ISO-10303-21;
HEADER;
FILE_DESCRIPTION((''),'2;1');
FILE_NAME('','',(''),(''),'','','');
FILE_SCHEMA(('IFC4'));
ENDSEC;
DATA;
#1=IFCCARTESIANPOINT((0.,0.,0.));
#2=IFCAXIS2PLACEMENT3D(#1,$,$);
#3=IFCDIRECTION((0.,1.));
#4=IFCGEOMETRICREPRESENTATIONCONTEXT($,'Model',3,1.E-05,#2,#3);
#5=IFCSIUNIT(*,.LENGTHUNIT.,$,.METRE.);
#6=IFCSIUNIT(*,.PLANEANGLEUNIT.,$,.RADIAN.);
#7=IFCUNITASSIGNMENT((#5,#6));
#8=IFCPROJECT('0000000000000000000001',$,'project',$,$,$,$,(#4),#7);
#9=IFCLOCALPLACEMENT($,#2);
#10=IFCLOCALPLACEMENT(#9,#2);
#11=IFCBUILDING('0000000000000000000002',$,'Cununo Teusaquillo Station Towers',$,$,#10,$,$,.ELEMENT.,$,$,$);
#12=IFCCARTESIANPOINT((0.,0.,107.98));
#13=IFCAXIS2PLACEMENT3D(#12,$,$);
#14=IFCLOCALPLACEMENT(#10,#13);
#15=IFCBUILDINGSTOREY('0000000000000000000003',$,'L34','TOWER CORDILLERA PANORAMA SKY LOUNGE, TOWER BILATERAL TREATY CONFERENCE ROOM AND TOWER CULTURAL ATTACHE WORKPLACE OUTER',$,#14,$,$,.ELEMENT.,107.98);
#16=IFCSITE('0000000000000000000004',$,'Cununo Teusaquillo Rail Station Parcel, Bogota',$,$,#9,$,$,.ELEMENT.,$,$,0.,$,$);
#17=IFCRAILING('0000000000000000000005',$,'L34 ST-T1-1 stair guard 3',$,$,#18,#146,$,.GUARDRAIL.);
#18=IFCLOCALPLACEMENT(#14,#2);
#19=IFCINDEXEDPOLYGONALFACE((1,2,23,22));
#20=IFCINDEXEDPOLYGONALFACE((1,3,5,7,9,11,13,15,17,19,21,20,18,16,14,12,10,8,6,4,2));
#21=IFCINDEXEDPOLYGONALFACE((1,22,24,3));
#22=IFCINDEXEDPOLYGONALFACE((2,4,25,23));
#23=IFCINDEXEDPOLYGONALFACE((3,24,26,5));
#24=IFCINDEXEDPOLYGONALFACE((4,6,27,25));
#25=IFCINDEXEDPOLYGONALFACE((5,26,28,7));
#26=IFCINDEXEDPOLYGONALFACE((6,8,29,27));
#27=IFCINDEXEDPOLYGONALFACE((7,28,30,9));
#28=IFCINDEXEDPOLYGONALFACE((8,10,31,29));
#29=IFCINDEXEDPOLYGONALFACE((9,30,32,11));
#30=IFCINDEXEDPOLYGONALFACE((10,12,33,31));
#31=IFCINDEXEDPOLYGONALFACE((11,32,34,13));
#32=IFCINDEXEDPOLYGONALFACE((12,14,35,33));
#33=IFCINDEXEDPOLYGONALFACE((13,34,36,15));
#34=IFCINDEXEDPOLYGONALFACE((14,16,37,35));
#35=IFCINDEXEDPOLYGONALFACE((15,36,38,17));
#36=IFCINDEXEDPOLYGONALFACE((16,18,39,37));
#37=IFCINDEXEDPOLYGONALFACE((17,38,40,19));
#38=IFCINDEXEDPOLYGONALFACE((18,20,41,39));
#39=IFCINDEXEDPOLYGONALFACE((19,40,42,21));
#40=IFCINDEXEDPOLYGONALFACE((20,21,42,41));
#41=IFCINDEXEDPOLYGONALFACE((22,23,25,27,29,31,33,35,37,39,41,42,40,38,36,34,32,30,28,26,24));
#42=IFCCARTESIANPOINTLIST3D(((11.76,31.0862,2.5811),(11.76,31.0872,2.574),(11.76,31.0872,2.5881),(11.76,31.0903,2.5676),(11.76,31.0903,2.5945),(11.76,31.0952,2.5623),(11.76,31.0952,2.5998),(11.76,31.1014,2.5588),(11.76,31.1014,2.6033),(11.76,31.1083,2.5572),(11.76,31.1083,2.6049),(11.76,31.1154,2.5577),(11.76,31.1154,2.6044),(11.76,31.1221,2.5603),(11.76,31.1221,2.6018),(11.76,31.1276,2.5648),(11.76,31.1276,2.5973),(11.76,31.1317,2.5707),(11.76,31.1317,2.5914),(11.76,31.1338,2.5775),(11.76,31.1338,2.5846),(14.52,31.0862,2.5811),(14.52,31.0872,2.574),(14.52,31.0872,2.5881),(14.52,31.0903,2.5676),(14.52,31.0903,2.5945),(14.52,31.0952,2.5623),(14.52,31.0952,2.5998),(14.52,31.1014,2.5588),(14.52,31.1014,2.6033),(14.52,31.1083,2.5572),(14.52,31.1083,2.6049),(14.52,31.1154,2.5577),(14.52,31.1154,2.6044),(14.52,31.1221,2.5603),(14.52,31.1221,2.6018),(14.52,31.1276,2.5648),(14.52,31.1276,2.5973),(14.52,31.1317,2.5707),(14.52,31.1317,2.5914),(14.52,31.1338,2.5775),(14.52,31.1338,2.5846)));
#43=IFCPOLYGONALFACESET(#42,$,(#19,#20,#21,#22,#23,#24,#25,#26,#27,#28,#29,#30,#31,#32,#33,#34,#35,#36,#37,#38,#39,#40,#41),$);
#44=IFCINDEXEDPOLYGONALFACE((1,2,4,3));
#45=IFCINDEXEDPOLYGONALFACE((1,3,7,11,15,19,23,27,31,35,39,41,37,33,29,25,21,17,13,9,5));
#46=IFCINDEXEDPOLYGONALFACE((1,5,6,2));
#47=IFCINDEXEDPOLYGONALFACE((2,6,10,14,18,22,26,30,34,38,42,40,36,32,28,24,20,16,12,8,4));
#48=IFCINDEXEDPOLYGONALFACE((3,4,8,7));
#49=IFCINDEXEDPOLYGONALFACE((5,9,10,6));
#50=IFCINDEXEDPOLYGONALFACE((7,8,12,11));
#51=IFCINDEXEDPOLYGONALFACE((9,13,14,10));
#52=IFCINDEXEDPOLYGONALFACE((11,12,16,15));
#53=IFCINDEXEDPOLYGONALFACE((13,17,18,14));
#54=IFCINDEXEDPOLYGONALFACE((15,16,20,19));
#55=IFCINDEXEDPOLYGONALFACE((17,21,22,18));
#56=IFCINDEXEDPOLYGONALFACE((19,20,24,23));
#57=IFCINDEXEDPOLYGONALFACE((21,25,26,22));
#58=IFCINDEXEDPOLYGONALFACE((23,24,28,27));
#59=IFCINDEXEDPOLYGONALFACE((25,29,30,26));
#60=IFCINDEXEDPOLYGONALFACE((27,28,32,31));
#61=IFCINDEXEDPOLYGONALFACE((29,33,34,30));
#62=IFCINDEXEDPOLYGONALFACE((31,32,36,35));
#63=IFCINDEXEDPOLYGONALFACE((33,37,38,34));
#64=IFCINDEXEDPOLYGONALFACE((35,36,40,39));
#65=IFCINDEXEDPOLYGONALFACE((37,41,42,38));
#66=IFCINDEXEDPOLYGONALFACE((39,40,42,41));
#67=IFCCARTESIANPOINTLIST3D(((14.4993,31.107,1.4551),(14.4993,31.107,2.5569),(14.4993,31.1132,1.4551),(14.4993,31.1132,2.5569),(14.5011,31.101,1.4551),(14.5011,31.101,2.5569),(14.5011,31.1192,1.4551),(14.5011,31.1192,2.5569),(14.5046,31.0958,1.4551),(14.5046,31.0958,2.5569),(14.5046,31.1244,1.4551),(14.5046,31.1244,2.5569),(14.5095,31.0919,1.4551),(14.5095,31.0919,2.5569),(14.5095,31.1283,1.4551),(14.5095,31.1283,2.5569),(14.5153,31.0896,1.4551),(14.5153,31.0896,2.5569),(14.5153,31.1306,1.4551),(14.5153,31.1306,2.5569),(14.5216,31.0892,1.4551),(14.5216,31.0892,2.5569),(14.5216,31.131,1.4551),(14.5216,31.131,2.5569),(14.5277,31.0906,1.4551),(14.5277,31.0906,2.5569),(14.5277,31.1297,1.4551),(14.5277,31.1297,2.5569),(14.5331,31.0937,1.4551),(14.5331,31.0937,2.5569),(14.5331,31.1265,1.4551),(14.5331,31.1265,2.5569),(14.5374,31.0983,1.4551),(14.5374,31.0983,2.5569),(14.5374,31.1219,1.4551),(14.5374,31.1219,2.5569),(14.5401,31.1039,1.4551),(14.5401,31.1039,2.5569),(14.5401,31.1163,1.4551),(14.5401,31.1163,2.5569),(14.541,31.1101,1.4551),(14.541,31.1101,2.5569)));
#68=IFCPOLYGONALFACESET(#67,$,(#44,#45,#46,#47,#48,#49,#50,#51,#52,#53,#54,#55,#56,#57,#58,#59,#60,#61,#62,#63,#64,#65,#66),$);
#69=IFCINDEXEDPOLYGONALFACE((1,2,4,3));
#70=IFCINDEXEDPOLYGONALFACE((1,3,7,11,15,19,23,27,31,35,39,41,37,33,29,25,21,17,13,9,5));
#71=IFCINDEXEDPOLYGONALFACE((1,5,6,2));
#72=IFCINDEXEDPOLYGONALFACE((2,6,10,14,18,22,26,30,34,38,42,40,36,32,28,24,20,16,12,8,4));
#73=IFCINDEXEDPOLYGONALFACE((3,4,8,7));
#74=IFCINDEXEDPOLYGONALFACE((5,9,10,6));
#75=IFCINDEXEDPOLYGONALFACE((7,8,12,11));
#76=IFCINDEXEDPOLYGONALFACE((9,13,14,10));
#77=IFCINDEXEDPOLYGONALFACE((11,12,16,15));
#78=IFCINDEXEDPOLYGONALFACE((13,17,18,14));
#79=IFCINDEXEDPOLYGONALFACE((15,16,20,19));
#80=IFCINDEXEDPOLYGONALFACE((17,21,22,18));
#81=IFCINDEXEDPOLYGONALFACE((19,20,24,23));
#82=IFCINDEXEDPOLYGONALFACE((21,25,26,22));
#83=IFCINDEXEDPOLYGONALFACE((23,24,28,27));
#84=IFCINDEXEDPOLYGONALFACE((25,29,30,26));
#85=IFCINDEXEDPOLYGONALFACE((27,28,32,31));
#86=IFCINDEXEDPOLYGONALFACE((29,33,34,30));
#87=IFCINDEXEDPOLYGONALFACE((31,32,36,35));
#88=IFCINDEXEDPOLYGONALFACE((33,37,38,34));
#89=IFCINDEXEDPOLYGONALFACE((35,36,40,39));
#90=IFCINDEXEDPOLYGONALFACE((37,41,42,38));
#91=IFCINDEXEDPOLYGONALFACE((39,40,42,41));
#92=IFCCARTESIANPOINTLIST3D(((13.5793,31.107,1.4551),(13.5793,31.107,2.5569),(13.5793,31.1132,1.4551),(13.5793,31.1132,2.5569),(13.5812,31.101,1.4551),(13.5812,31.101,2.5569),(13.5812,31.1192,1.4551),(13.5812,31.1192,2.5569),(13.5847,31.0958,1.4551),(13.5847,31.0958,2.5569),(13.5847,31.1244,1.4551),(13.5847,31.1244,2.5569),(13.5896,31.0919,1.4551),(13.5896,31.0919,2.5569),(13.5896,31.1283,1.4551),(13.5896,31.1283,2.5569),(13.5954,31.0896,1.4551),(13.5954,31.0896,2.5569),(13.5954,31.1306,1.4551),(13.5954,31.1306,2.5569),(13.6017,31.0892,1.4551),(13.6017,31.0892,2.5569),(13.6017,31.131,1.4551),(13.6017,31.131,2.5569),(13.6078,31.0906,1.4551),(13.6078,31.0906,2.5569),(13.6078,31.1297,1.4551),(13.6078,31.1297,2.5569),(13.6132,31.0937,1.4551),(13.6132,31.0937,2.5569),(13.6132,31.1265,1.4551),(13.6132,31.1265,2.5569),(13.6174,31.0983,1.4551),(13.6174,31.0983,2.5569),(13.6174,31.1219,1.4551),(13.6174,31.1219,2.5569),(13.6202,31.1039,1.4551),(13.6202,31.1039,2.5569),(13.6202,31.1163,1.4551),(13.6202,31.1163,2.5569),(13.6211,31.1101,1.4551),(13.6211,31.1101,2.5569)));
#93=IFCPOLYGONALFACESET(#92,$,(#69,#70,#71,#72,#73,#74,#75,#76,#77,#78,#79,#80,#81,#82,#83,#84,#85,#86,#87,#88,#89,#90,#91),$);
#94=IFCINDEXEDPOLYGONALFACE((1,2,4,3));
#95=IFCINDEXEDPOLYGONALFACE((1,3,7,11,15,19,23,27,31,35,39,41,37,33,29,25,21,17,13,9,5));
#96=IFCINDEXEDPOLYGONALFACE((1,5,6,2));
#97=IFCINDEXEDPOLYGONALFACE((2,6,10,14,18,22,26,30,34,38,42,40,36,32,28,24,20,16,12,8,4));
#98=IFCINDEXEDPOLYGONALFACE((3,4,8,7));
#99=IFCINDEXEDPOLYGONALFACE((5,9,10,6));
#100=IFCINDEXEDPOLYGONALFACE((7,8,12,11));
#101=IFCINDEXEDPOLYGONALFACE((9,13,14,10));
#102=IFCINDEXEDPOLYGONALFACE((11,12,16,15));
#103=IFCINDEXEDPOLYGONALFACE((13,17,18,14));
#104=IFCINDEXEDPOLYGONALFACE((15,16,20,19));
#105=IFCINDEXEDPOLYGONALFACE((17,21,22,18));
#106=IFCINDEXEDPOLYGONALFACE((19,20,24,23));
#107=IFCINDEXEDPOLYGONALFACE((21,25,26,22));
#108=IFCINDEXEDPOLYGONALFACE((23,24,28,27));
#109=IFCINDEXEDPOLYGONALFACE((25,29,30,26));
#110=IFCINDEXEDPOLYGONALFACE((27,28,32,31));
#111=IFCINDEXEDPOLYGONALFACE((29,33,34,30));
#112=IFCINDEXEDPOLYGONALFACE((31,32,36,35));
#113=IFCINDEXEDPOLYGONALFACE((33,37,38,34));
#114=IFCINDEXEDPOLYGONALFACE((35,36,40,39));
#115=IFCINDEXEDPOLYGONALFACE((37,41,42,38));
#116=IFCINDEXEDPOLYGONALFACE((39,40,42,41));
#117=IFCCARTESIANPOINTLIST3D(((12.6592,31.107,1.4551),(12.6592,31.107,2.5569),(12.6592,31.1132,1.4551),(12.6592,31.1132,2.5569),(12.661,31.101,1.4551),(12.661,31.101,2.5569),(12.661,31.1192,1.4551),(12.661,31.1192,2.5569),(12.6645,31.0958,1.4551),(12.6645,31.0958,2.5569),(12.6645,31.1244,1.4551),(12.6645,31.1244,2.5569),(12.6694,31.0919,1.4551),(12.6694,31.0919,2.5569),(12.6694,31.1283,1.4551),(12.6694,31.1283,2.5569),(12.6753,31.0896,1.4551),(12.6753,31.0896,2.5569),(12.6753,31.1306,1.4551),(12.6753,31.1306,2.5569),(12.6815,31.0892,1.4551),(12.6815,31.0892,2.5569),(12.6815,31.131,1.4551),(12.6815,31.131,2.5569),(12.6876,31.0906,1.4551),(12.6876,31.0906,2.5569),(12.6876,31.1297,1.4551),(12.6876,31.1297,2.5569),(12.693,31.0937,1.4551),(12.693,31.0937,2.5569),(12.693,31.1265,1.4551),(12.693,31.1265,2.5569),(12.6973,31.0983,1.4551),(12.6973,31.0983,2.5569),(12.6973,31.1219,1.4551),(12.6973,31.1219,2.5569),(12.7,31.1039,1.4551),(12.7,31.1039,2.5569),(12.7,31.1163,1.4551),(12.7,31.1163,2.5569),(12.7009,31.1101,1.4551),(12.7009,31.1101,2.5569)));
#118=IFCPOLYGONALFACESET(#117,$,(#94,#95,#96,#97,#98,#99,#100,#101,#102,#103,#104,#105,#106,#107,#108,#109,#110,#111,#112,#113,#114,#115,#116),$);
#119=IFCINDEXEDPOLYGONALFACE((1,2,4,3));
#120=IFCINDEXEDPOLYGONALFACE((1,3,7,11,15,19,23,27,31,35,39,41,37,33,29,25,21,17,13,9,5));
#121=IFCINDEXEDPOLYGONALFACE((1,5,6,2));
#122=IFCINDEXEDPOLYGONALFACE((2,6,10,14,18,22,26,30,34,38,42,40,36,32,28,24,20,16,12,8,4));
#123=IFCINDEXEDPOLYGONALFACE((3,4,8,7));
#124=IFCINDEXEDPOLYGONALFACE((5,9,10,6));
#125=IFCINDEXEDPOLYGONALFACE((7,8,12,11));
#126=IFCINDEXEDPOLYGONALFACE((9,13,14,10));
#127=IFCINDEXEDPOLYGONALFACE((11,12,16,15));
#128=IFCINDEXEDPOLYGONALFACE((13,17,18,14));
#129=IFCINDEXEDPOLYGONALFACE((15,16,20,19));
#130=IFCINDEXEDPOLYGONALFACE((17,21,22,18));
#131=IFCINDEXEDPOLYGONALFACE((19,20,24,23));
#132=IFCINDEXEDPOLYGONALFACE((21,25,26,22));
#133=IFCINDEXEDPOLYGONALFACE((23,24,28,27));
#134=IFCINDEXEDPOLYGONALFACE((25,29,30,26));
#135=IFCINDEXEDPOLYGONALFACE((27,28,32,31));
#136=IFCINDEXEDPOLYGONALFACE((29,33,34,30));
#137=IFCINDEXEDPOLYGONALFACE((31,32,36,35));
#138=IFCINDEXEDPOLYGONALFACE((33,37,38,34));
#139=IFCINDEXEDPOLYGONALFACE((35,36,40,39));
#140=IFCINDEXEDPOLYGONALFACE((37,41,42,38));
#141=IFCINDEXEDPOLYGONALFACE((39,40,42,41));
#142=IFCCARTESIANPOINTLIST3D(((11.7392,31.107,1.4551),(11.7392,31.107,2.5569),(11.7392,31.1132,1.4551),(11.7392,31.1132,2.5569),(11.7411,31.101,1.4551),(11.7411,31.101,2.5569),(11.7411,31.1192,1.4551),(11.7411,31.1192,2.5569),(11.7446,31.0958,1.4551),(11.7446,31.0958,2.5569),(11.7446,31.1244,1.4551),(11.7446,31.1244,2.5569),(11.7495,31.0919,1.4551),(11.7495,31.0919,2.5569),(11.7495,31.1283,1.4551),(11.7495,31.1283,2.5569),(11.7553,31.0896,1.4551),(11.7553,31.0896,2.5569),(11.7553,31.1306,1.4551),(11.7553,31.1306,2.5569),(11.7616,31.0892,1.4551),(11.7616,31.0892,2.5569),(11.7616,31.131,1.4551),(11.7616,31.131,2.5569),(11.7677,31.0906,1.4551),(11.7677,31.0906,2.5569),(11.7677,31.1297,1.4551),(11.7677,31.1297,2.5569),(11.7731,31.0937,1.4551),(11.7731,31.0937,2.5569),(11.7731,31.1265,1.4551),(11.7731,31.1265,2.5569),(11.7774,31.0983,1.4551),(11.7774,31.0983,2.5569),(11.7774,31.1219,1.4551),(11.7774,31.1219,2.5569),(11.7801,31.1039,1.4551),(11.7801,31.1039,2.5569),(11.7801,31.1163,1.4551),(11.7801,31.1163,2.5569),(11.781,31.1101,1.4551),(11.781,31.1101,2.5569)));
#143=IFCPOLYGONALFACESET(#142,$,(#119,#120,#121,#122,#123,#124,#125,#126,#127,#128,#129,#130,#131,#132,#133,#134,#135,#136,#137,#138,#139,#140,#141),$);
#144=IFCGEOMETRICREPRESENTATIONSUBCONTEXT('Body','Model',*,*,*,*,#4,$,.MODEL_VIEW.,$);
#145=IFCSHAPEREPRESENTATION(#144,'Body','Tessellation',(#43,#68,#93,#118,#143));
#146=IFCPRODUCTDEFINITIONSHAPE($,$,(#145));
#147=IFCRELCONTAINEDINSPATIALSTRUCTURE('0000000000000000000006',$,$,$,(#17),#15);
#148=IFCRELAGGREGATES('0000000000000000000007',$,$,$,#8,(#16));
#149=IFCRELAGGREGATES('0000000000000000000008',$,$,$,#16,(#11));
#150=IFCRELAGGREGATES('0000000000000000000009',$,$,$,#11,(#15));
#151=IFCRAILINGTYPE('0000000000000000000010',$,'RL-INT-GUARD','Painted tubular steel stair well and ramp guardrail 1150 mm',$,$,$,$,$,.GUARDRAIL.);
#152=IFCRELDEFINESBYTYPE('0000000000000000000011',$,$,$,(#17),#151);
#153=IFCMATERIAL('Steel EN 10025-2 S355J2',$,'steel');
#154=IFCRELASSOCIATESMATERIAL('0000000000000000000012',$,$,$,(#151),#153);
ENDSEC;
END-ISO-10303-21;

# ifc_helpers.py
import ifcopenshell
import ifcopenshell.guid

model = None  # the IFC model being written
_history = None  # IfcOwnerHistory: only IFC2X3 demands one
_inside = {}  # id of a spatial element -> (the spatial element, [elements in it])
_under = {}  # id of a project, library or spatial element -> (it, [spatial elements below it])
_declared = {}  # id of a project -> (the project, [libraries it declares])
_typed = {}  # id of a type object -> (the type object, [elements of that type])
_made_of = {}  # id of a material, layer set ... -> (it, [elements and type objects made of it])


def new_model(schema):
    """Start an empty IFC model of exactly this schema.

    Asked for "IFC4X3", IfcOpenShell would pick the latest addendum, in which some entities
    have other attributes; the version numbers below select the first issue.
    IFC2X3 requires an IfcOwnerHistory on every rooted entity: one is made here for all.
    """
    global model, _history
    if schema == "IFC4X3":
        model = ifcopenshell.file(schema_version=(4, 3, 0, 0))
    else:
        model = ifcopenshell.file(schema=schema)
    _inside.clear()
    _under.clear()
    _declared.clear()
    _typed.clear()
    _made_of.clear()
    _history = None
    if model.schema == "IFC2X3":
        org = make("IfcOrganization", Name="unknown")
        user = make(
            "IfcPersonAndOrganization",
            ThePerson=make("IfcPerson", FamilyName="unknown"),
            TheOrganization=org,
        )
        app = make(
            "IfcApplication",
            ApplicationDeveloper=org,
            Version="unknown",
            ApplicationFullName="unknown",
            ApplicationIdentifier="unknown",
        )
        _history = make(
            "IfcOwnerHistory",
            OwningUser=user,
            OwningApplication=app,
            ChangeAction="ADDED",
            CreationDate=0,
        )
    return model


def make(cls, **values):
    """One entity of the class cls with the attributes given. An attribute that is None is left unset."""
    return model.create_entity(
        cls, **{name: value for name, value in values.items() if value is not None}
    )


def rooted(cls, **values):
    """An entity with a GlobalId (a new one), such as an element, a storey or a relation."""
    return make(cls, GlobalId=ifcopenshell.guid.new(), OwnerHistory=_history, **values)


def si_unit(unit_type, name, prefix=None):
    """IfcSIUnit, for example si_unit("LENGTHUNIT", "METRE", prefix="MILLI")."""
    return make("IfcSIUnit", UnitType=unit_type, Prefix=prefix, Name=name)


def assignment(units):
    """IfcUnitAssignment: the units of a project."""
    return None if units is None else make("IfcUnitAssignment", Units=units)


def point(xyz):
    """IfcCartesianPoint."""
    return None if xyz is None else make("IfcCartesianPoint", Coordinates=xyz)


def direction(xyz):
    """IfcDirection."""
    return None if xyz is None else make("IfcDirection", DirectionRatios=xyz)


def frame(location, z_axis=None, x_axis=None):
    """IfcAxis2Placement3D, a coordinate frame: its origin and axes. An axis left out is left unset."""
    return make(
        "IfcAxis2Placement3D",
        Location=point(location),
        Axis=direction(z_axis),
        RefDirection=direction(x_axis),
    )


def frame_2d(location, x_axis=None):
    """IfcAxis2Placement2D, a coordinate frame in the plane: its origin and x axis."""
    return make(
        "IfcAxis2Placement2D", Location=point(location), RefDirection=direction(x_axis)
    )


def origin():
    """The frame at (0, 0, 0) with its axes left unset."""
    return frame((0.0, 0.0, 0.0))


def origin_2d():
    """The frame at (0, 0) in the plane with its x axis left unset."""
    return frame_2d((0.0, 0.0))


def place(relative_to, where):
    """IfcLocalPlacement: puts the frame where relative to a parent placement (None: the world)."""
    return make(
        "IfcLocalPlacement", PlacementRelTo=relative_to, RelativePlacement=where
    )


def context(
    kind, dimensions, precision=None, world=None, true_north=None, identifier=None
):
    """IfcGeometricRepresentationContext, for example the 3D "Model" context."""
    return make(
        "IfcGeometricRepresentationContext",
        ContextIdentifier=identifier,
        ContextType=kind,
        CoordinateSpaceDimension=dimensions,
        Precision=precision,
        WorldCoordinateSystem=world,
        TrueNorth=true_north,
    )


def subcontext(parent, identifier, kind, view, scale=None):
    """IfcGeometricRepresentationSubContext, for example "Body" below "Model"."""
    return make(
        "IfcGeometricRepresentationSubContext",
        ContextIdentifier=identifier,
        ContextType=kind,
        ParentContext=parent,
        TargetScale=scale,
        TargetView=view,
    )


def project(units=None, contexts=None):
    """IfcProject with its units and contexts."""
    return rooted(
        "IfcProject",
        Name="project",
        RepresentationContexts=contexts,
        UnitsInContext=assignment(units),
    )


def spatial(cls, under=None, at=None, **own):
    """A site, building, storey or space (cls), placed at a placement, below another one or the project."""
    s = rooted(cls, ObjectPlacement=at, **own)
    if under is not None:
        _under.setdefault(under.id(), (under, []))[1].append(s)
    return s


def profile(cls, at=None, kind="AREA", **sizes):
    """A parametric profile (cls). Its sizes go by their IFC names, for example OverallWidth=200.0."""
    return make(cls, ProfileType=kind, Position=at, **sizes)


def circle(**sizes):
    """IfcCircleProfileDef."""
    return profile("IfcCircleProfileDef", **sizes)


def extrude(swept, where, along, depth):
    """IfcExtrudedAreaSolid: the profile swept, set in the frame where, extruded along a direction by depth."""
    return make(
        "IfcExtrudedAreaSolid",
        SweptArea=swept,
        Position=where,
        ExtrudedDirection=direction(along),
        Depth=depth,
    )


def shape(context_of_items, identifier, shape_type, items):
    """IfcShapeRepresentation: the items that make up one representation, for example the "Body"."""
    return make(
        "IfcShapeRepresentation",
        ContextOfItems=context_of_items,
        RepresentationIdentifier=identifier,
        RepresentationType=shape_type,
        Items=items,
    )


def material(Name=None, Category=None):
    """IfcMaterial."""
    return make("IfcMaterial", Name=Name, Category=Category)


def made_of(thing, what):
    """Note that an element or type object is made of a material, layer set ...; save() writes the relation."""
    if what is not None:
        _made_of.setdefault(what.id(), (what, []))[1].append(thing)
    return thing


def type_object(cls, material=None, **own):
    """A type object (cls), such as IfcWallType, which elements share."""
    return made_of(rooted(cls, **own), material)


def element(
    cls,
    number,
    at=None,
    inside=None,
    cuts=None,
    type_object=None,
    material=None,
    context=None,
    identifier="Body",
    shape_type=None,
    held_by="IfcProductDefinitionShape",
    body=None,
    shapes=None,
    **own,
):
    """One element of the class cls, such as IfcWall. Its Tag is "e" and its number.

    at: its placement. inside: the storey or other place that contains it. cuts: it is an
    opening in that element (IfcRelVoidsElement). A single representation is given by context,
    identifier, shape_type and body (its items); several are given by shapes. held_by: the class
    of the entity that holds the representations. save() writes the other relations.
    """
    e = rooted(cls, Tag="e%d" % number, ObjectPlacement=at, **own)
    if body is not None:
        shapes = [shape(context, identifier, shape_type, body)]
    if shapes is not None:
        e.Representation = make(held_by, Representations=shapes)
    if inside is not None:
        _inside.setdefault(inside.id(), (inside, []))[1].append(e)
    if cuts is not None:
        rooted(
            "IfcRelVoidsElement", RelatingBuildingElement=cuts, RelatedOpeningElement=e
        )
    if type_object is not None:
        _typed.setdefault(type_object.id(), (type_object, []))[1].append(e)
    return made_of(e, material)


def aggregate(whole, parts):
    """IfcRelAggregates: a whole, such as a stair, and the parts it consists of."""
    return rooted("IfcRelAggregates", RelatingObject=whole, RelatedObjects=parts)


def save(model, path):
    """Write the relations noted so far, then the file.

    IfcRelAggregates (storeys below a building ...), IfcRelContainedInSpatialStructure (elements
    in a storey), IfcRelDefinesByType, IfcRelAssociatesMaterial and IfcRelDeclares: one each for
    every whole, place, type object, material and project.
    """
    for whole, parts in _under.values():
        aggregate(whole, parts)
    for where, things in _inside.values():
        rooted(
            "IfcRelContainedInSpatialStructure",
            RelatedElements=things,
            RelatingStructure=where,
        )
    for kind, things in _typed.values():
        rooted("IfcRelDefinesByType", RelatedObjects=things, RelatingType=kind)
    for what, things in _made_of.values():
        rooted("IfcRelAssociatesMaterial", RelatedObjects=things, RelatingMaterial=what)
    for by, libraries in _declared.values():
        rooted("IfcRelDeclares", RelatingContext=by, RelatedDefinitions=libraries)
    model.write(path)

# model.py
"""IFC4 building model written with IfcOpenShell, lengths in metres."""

from ifc_helpers import new_model, si_unit, direction, frame, origin, origin_2d, place, context, subcontext, project, spatial, circle, extrude, material, type_object, element, save


model = new_model("IFC4")

# Units and contexts
model_context = context("Model", 3, precision=1e-05, world=origin(), true_north=direction((0.0, 1.0)))
body_context = subcontext(model_context, "Body", "Model", "MODEL_VIEW")
ifc_project = project(units=[si_unit("LENGTHUNIT", "METRE"), si_unit("PLANEANGLEUNIT", "RADIAN")], contexts=[model_context])

# Site, building, storey
site_placement = place(None, origin())
site = spatial("IfcSite", under=ifc_project, at=site_placement, Name="Cununo Teusaquillo Rail Station Parcel, Bogota", CompositionType="ELEMENT", RefElevation=0.0)
building_placement = place(site_placement, origin())
building = spatial("IfcBuilding", under=site, at=building_placement, Name="Cununo Teusaquillo Station Towers", CompositionType="ELEMENT")
storey_placement = place(building_placement, frame((0.0, 0.0, 107.98)))
storey = spatial("IfcBuildingStorey", under=building, at=storey_placement, Name="L34", Description="TOWER CORDILLERA PANORAMA SKY LOUNGE, TOWER BILATERAL TREATY CONFERENCE ROOM AND TOWER CULTURAL ATTACHE WORKPLACE OUTER", CompositionType="ELEMENT", Elevation=107.98)

# Railing
ifc_material_1 = material(Name="Steel EN 10025-2 S355J2", Category="steel")
railing_type_1 = type_object("IfcRailingType", Name="RL-INT-GUARD", Description="Painted tubular steel stair well and ramp guardrail 1150 mm", PredefinedType="GUARDRAIL", material=ifc_material_1)
railing_1_placement = place(storey_placement, frame((14.52, 31.1101, 1.4551)))
element("IfcRailing", 1, at=railing_1_placement, inside=storey, type_object=railing_type_1, Name="L34 ST-T1-1 stair guard 3", PredefinedType="GUARDRAIL", context=body_context, shape_type="SweptSolid", body=[
    extrude(circle(Radius=0.0239, at=origin_2d()), frame((0.0, 0.0, 1.126), z_axis=(-1.0, 0.0, 0.0), x_axis=(0.0, -1.0, 0.0)), (0.0, 0.0, 1.0), 2.76),
    extrude(circle(Radius=0.021, at=origin_2d()), origin(), (0.0, 0.0, 1.0), 1.1018),
    extrude(circle(Radius=0.021, at=origin_2d()), frame((-0.9199, 0.0, 0.0)), (0.0, 0.0, 1.0), 1.1018),
    extrude(circle(Radius=0.021, at=origin_2d()), frame((-1.8401, 0.0, 0.0)), (0.0, 0.0, 1.0), 1.1018),
    extrude(circle(Radius=0.021, at=origin_2d()), frame((-2.76, 0.0, 0.0)), (0.0, 0.0, 1.0), 1.1018),
])

save(model, "model.ifc")
